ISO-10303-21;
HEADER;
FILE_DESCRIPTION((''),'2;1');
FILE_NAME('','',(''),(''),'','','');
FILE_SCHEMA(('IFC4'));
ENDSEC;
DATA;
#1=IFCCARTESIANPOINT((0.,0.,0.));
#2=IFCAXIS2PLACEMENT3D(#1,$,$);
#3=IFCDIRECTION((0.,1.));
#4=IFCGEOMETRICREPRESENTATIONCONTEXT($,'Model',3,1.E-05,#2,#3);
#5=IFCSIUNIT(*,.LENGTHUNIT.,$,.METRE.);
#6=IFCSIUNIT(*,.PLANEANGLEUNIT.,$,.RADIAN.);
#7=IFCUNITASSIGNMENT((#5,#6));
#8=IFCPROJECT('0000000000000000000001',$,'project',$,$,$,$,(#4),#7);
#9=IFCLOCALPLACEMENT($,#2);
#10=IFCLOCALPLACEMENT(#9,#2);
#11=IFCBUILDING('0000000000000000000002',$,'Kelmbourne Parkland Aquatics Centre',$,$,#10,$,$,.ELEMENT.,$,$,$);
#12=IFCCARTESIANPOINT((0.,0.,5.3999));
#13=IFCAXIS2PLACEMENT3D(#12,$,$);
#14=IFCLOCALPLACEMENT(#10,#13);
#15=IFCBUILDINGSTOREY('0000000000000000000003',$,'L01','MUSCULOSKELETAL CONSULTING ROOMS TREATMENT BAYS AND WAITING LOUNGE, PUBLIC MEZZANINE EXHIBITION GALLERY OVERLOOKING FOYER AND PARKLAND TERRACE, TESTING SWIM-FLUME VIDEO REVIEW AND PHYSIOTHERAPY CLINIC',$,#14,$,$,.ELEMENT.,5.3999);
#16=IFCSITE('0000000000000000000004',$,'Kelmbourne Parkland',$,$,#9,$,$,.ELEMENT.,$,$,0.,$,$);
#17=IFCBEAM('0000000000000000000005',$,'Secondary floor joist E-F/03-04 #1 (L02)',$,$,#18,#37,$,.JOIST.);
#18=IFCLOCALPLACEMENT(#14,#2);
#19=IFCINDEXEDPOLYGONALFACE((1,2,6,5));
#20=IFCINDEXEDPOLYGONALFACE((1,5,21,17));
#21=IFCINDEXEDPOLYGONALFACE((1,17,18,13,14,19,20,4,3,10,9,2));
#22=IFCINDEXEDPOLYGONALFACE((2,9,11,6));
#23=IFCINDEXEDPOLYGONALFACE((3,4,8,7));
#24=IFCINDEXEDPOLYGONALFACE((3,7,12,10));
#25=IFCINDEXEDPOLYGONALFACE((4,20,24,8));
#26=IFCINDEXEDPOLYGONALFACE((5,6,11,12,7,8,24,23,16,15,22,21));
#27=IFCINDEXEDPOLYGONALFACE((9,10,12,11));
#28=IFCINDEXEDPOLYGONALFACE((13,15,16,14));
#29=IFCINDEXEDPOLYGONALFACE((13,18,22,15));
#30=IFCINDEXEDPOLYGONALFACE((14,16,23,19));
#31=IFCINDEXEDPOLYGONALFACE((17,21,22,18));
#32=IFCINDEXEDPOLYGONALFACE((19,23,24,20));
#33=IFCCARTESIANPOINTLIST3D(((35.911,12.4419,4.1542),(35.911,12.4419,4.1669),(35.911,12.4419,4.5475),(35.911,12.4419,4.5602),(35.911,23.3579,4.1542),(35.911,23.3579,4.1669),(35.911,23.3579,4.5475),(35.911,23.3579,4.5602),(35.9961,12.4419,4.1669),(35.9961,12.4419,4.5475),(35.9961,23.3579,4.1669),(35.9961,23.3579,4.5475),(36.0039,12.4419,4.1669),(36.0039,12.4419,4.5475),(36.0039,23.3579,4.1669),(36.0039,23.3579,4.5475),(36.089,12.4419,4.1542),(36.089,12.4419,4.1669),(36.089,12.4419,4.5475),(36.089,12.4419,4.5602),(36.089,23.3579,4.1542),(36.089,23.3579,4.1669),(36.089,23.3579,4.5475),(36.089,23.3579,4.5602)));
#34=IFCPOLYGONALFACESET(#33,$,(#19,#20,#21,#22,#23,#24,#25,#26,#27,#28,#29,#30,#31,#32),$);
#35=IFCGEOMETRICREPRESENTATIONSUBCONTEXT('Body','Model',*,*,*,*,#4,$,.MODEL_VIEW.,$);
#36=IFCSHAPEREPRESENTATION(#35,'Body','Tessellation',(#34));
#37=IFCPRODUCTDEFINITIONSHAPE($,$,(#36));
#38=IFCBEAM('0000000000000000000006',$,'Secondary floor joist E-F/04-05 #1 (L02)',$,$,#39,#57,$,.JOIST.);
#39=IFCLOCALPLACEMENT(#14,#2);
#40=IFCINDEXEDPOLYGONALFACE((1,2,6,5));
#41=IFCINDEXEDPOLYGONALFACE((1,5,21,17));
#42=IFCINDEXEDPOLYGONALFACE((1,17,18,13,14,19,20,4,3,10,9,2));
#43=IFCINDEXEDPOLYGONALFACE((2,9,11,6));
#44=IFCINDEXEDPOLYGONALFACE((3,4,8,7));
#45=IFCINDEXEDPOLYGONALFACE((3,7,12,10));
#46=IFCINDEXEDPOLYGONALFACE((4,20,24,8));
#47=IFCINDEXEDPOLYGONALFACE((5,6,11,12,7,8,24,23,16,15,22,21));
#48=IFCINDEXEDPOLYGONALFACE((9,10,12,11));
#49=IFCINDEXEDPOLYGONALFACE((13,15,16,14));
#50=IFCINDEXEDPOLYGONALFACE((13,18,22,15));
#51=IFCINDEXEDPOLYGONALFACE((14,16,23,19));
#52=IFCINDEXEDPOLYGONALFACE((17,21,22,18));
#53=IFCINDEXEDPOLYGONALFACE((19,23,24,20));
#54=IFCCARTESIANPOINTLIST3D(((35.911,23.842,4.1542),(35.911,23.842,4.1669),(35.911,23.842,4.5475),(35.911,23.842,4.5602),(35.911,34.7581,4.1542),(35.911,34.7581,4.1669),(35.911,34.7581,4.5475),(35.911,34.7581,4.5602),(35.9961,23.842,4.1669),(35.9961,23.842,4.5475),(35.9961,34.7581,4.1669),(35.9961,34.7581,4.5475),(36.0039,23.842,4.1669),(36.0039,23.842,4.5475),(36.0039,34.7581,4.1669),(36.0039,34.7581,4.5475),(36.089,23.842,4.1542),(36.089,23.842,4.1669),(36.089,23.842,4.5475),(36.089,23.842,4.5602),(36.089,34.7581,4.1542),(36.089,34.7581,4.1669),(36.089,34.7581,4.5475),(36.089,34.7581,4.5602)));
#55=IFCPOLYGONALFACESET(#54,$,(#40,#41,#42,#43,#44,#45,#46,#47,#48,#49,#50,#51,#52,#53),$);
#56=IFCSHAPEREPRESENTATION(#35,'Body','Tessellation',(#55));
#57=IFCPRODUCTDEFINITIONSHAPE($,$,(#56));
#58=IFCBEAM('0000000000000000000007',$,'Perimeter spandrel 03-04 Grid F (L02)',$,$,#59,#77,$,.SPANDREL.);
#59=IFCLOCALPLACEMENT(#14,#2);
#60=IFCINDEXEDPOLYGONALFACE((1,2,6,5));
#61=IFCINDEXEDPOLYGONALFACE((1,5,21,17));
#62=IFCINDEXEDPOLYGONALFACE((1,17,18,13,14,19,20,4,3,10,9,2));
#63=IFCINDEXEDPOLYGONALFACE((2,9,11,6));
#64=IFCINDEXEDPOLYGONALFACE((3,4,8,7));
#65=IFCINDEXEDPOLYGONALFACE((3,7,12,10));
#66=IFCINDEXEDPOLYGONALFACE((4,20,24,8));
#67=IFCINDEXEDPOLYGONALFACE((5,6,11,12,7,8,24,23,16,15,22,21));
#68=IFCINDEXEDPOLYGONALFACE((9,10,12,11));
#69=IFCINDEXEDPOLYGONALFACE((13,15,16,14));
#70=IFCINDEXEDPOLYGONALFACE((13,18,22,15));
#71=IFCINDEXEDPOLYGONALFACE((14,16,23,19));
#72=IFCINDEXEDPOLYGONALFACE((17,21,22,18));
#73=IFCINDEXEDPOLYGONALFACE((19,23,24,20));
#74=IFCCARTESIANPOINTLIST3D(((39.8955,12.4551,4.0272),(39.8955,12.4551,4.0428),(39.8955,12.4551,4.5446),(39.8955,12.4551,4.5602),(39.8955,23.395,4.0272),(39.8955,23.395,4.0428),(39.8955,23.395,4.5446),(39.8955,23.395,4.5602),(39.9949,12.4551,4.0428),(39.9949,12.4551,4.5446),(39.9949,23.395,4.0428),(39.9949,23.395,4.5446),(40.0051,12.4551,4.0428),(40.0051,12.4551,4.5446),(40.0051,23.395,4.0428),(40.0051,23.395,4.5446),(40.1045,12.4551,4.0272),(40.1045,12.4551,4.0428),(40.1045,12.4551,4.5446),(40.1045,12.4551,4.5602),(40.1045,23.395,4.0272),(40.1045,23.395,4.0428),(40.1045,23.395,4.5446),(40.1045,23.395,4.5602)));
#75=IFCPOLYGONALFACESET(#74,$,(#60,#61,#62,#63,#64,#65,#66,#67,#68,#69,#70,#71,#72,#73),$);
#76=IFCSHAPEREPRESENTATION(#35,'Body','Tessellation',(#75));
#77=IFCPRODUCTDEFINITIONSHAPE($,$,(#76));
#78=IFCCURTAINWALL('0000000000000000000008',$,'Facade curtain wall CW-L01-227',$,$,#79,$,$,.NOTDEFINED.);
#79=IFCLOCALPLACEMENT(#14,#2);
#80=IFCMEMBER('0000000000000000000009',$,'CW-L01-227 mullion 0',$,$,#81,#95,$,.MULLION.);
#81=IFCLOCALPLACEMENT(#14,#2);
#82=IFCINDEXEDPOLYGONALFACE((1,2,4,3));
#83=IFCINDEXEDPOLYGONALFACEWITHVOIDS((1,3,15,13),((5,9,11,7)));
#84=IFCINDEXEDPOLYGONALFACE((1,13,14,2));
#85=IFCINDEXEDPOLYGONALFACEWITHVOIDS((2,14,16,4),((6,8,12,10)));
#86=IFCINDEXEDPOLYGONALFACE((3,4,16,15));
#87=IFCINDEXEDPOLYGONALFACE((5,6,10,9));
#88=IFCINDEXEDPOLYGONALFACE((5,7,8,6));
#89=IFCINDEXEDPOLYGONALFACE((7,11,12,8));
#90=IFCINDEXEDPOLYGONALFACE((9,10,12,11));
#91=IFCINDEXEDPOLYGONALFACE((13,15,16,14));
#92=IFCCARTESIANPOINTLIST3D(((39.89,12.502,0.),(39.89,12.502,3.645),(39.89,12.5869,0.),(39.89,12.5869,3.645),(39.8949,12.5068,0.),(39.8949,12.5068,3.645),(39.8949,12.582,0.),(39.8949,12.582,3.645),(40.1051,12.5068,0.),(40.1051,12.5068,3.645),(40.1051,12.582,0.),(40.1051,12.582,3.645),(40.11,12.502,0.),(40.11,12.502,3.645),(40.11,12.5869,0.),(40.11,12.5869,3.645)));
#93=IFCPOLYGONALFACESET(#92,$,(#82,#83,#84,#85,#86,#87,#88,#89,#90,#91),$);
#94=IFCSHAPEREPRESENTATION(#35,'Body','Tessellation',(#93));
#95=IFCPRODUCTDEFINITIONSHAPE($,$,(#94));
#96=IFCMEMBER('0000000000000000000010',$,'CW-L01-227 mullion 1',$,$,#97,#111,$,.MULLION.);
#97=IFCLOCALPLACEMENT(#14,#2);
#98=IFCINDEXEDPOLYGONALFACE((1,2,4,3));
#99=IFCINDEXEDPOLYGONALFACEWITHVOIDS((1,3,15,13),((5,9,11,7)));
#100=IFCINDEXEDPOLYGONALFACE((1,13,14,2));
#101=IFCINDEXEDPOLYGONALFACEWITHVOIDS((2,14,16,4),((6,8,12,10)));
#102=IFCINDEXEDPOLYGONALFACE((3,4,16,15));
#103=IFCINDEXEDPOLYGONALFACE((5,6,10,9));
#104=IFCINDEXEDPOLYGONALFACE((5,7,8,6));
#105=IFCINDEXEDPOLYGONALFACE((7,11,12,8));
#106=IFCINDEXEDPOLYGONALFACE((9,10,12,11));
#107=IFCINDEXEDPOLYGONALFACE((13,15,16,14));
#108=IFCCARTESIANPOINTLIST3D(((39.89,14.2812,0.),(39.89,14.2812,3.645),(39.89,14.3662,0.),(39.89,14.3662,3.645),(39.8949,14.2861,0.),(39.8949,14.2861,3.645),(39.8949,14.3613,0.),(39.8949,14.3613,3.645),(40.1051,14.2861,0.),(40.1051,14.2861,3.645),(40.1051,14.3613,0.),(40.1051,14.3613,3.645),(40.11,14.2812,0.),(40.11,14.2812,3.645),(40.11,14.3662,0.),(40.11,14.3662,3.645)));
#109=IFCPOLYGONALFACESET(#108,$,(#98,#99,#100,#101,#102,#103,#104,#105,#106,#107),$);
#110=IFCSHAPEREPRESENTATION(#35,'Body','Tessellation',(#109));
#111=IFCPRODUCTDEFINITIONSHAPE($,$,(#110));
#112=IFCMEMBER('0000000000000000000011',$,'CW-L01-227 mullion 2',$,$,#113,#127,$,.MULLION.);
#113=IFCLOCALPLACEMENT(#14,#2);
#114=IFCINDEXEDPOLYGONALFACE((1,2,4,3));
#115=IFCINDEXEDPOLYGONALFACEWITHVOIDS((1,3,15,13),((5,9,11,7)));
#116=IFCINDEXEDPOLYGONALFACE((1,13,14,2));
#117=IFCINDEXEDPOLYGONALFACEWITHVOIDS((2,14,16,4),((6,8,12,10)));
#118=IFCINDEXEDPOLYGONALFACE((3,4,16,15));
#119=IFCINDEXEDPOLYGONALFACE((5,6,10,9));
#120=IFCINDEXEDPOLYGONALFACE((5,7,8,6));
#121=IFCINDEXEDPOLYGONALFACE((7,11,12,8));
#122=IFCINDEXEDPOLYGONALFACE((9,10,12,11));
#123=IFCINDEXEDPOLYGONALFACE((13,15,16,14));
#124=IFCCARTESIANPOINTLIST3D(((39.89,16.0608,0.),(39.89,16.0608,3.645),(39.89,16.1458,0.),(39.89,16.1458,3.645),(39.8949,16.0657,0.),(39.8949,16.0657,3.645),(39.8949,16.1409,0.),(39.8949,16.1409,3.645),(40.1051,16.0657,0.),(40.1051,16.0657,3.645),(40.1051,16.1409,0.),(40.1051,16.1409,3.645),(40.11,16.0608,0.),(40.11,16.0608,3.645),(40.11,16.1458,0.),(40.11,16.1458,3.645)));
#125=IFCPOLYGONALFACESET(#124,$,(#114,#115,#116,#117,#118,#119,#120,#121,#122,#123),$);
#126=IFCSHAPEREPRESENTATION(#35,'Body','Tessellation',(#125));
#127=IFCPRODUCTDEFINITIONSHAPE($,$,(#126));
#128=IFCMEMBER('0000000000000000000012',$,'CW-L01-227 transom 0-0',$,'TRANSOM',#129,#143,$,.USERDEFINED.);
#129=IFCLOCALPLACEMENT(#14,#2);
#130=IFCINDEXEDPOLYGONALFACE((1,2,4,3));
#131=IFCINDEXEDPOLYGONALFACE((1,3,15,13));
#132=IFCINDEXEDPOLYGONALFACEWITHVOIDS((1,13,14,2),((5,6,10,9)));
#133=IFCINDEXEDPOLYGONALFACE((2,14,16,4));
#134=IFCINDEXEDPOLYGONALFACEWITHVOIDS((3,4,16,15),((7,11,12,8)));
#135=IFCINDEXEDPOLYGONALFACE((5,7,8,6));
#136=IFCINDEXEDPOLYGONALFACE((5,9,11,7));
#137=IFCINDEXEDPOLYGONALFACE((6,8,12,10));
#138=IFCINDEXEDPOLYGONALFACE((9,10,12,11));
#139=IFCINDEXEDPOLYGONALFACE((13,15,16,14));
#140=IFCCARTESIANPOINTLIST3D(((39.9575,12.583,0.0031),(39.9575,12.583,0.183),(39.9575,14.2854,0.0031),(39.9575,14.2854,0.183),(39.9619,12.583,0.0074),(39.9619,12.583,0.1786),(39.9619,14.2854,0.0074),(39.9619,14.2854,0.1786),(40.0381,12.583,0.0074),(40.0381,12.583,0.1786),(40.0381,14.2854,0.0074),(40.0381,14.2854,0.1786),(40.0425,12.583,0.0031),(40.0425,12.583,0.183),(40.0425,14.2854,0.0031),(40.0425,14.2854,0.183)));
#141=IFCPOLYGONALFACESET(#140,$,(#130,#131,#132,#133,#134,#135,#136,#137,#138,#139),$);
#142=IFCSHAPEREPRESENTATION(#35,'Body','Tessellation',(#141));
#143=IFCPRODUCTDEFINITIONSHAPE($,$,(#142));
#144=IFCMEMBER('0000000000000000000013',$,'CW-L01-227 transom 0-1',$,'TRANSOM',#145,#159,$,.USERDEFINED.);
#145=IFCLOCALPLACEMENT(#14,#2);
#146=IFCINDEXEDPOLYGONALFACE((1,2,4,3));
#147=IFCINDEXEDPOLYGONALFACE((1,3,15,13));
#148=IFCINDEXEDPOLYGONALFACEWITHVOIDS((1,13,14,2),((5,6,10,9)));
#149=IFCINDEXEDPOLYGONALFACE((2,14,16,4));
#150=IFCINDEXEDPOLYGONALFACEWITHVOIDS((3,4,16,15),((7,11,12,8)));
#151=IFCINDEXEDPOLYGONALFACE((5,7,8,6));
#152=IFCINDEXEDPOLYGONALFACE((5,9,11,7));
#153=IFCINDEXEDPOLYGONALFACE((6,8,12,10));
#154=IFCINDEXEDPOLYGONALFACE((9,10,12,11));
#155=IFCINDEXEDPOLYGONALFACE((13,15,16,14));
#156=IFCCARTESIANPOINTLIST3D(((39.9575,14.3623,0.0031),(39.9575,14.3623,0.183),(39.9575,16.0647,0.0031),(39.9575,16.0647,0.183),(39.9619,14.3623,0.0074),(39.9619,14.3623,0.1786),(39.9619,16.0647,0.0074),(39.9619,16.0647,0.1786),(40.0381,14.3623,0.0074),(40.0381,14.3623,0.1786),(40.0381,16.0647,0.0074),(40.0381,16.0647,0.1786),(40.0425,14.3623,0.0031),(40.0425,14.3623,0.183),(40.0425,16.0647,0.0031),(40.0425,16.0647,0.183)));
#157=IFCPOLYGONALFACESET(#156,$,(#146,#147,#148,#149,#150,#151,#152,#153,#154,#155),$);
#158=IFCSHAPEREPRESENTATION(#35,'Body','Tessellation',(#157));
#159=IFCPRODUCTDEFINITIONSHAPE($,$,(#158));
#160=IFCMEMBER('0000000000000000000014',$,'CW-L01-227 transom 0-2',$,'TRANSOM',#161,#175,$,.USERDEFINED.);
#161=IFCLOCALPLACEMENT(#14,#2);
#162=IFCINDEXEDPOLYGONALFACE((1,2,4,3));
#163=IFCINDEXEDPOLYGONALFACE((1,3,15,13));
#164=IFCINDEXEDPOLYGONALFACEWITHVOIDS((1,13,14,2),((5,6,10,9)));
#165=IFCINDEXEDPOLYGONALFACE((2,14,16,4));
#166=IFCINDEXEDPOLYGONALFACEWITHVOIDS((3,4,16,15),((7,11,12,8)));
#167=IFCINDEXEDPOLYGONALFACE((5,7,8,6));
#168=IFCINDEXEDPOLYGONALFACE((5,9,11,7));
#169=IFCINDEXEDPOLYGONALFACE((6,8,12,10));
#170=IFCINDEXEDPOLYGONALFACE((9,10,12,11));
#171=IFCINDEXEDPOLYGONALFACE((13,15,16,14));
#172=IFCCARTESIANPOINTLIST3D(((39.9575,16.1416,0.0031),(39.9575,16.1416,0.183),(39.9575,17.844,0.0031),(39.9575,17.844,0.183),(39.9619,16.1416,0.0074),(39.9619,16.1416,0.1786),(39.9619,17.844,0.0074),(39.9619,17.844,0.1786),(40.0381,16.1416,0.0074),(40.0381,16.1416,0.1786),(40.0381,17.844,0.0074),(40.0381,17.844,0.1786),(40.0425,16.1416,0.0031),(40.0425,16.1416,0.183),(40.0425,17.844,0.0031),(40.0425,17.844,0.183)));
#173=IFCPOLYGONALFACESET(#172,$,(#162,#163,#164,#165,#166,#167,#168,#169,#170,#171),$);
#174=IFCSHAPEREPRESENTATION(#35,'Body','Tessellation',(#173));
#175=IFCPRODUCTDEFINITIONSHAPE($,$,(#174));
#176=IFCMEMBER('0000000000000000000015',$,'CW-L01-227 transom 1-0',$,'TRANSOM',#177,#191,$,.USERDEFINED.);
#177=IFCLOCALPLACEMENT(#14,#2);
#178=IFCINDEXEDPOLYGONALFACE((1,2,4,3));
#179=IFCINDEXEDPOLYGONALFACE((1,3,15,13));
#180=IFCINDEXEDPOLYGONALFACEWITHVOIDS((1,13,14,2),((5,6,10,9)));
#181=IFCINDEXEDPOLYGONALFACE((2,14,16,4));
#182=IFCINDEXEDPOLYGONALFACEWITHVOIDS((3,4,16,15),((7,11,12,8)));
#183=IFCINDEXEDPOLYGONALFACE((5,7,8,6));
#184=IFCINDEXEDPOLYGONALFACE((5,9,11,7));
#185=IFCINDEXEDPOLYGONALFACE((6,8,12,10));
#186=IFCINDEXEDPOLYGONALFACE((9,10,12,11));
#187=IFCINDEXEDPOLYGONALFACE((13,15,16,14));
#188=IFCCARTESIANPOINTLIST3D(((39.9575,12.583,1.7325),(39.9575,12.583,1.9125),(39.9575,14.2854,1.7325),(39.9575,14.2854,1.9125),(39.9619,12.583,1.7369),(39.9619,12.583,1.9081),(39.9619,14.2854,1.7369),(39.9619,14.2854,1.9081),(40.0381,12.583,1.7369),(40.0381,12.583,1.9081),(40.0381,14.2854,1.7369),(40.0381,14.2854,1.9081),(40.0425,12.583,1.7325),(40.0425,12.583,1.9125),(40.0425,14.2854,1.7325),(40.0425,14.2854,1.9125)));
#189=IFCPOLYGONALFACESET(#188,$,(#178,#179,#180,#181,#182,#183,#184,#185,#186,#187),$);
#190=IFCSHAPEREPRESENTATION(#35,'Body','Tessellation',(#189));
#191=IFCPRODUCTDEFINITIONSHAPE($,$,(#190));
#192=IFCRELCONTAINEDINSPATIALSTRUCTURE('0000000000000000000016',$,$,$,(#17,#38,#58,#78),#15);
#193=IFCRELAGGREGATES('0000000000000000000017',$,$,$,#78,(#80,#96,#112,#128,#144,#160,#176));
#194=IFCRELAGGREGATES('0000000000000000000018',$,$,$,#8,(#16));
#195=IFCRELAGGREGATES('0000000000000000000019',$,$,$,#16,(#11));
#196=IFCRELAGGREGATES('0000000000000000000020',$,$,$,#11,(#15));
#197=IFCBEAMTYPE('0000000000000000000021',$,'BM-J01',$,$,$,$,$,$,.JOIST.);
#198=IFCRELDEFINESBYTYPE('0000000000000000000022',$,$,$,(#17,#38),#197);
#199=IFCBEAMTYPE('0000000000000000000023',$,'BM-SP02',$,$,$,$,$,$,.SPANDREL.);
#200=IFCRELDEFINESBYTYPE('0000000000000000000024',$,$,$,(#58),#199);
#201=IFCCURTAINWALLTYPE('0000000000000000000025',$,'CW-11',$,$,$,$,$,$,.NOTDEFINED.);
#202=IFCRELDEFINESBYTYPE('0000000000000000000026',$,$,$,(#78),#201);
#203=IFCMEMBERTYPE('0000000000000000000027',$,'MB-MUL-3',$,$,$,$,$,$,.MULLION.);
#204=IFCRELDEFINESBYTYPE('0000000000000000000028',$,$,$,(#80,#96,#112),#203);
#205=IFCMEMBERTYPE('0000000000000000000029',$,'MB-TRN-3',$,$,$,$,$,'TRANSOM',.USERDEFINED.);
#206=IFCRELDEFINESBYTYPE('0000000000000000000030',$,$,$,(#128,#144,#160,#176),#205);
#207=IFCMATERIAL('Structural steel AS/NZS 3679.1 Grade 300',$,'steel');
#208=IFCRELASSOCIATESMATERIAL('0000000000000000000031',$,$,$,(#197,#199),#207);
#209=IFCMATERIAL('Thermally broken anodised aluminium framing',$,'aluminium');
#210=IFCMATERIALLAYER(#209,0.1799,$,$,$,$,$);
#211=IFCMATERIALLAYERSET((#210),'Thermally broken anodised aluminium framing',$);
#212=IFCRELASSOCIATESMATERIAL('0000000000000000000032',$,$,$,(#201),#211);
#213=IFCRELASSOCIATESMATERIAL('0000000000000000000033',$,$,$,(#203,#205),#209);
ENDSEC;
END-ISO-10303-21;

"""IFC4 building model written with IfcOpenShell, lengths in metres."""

from ifc_helpers import new_model, si_unit, direction, frame, origin, origin_2d, place, context, subcontext, project, spatial, hollow_rectangle, i_section, extrude, material, layer, layer_set, material_profile, profile_set, type_object, element, aggregate, save


model = new_model("IFC4")

# Units and contexts
model_context = context("Model", 3, precision=1e-05, world=origin(), true_north=direction((0.0, 1.0)))
body_context = subcontext(model_context, "Body", "Model", "MODEL_VIEW")
ifc_project = project(units=[si_unit("LENGTHUNIT", "METRE"), si_unit("PLANEANGLEUNIT", "RADIAN")], contexts=[model_context])

# Site, building, storey
site_placement = place(None, origin())
site = spatial("IfcSite", under=ifc_project, at=site_placement, Name="Kelmbourne Parkland", CompositionType="ELEMENT", RefElevation=0.0)
building_placement = place(site_placement, origin())
building = spatial("IfcBuilding", under=site, at=building_placement, Name="Kelmbourne Parkland Aquatics Centre", CompositionType="ELEMENT")
storey_placement = place(building_placement, frame((0.0, 0.0, 5.3999)))
storey = spatial("IfcBuildingStorey", under=building, at=storey_placement, Name="L01", Description="MUSCULOSKELETAL CONSULTING ROOMS TREATMENT BAYS AND WAITING LOUNGE, PUBLIC MEZZANINE EXHIBITION GALLERY OVERLOOKING FOYER AND PARKLAND TERRACE, TESTING SWIM-FLUME VIDEO REVIEW AND PHYSIOTHERAPY CLINIC", CompositionType="ELEMENT", Elevation=5.3999)

# Beams
ifc_material_1 = material(Name="Structural steel AS/NZS 3679.1 Grade 300", Category="steel")
ifc_material_profile_1 = material_profile(ifc_material_1, i_section(OverallWidth=0.178, OverallDepth=0.406, WebThickness=0.0078, FlangeThickness=0.0127, at=origin_2d()), Name="410UB59.7")
ifc_profile_set_1 = profile_set([ifc_material_profile_1], Name="Structural steel AS/NZS 3679.1 Grade 300")
beam_type_1 = type_object("IfcBeamType", Name="BM-J01", PredefinedType="JOIST", material=ifc_profile_set_1)
for number, where, z_axis, x_axis, name in (
    (1, (36.0, 12.4419, 4.3572), (0.0, 1.0, 0.0), (-1.0, 0.0, 0.0), "Secondary floor joist E-F/03-04 #1 (L02)"),
    (2, (36.0, 23.842, 4.3572), (0.0, 1.0, 0.0), (-1.0, 0.0, 0.0), "Secondary floor joist E-F/04-05 #1 (L02)"),
):
    element("IfcBeam", number, at=place(storey_placement, frame(where, z_axis=z_axis, x_axis=x_axis)), inside=storey, type_object=beam_type_1, Name=name, PredefinedType="JOIST", context=body_context, shape_type="SweptSolid", body=[
        extrude(i_section(OverallWidth=0.178, OverallDepth=0.406, WebThickness=0.0078, FlangeThickness=0.0127, at=origin_2d()), origin(), (0.0, 0.0, 1.0), 10.916),
    ])
ifc_material_profile_2 = material_profile(ifc_material_1, i_section(OverallWidth=0.209, OverallDepth=0.533, WebThickness=0.0103, FlangeThickness=0.0156, at=origin_2d()), Name="530UB92.4")
ifc_profile_set_2 = profile_set([ifc_material_profile_2], Name="Structural steel AS/NZS 3679.1 Grade 300")
beam_type_2 = type_object("IfcBeamType", Name="BM-SP02", PredefinedType="SPANDREL", material=ifc_profile_set_2)
beam_1_placement = place(storey_placement, frame((40.0, 12.4551, 4.2937), z_axis=(0.0, 1.0, 0.0), x_axis=(-1.0, 0.0, 0.0)))
element("IfcBeam", 3, at=beam_1_placement, inside=storey, type_object=beam_type_2, Name="Perimeter spandrel 03-04 Grid F (L02)", PredefinedType="SPANDREL", context=body_context, shape_type="SweptSolid", body=[
    extrude(i_section(OverallWidth=0.209, OverallDepth=0.533, WebThickness=0.0103, FlangeThickness=0.0156, at=origin_2d()), origin(), (0.0, 0.0, 1.0), 10.9399),
])

# Curtain wall, members
ifc_material_2 = material(Name="Thermally broken anodised aluminium framing", Category="aluminium")
ifc_layer_1 = layer(ifc_material_2, 0.1799)
ifc_layer_set_1 = layer_set([ifc_layer_1], Name="Thermally broken anodised aluminium framing")
curtain_wall_type = type_object("IfcCurtainWallType", Name="CW-11", PredefinedType="NOTDEFINED", material=ifc_layer_set_1)
curtain_wall_placement = place(storey_placement, origin())
curtain_wall = element("IfcCurtainWall", 4, at=curtain_wall_placement, inside=storey, type_object=curtain_wall_type, Name="Facade curtain wall CW-L01-227", PredefinedType="NOTDEFINED")
ifc_material_profile_3 = material_profile(ifc_material_2, hollow_rectangle(XDim=0.085, YDim=0.22, WallThickness=0.0049, at=origin_2d()), Name="CW-M 85x220")
ifc_profile_set_3 = profile_set([ifc_material_profile_3], Name="Thermally broken anodised aluminium framing")
member_type_1 = type_object("IfcMemberType", Name="MB-MUL-3", PredefinedType="MULLION", material=ifc_profile_set_3)
member_1_placement = place(storey_placement, frame((40.0, 12.5444, 0.0), z_axis=(0.0, 0.0, 1.0), x_axis=(0.0, 1.0, 0.0)))
member_1 = element("IfcMember", 5, at=member_1_placement, type_object=member_type_1, Name="CW-L01-227 mullion 0", PredefinedType="MULLION", context=body_context, shape_type="SweptSolid", body=[
    extrude(hollow_rectangle(XDim=0.085, YDim=0.22, WallThickness=0.0049, at=origin_2d()), origin(), (0.0, 0.0, 1.0), 3.645),
])
member_2_placement = place(storey_placement, frame((40.0, 14.3237, 0.0), z_axis=(0.0, 0.0, 1.0), x_axis=(0.0, 1.0, 0.0)))
member_2 = element("IfcMember", 6, at=member_2_placement, type_object=member_type_1, Name="CW-L01-227 mullion 1", PredefinedType="MULLION", context=body_context, shape_type="SweptSolid", body=[
    extrude(hollow_rectangle(XDim=0.085, YDim=0.22, WallThickness=0.0049, at=origin_2d()), origin(), (0.0, 0.0, 1.0), 3.645),
])
member_3_placement = place(storey_placement, frame((40.0, 16.1033, 0.0), z_axis=(0.0, 0.0, 1.0), x_axis=(0.0, 1.0, 0.0)))
member_3 = element("IfcMember", 7, at=member_3_placement, type_object=member_type_1, Name="CW-L01-227 mullion 2", PredefinedType="MULLION", context=body_context, shape_type="SweptSolid", body=[
    extrude(hollow_rectangle(XDim=0.085, YDim=0.22, WallThickness=0.0049, at=origin_2d()), origin(), (0.0, 0.0, 1.0), 3.645),
])
ifc_material_profile_4 = material_profile(ifc_material_2, hollow_rectangle(XDim=0.085, YDim=0.1799, WallThickness=0.0044, at=origin_2d()), Name="CW-T 85x180")
ifc_profile_set_4 = profile_set([ifc_material_profile_4], Name="Thermally broken anodised aluminium framing")
member_type_2 = type_object("IfcMemberType", Name="MB-TRN-3", ElementType="TRANSOM", PredefinedType="USERDEFINED", material=ifc_profile_set_4)
member_4_placement = place(storey_placement, frame((40.0, 12.583, 0.093), z_axis=(0.0, 1.0, 0.0), x_axis=(-1.0, 0.0, 0.0)))
member_4 = element("IfcMember", 8, at=member_4_placement, type_object=member_type_2, Name="CW-L01-227 transom 0-0", ObjectType="TRANSOM", PredefinedType="USERDEFINED", context=body_context, shape_type="SweptSolid", body=[
    extrude(hollow_rectangle(XDim=0.085, YDim=0.1799, WallThickness=0.0044, at=origin_2d()), origin(), (0.0, 0.0, 1.0), 1.7024),
])
member_5_placement = place(storey_placement, frame((40.0, 14.3623, 0.093), z_axis=(0.0, 1.0, 0.0), x_axis=(-1.0, 0.0, 0.0)))
member_5 = element("IfcMember", 9, at=member_5_placement, type_object=member_type_2, Name="CW-L01-227 transom 0-1", ObjectType="TRANSOM", PredefinedType="USERDEFINED", context=body_context, shape_type="SweptSolid", body=[
    extrude(hollow_rectangle(XDim=0.085, YDim=0.1799, WallThickness=0.0044, at=origin_2d()), origin(), (0.0, 0.0, 1.0), 1.7024),
])
member_6_placement = place(storey_placement, frame((40.0, 16.1416, 0.093), z_axis=(0.0, 1.0, 0.0), x_axis=(-1.0, 0.0, 0.0)))
member_6 = element("IfcMember", 10, at=member_6_placement, type_object=member_type_2, Name="CW-L01-227 transom 0-2", ObjectType="TRANSOM", PredefinedType="USERDEFINED", context=body_context, shape_type="SweptSolid", body=[
    extrude(hollow_rectangle(XDim=0.085, YDim=0.1799, WallThickness=0.0044, at=origin_2d()), origin(), (0.0, 0.0, 1.0), 1.7024),
])
member_7_placement = place(storey_placement, frame((40.0, 12.583, 1.8225), z_axis=(0.0, 1.0, 0.0), x_axis=(-1.0, 0.0, 0.0)))
member_7 = element("IfcMember", 11, at=member_7_placement, type_object=member_type_2, Name="CW-L01-227 transom 1-0", ObjectType="TRANSOM", PredefinedType="USERDEFINED", context=body_context, shape_type="SweptSolid", body=[
    extrude(hollow_rectangle(XDim=0.085, YDim=0.1799, WallThickness=0.0044, at=origin_2d()), origin(), (0.0, 0.0, 1.0), 1.7024),
])
aggregate(curtain_wall, [member_1, member_2, member_3, member_4, member_5, member_6, member_7])

save(model, "model.ifc")
